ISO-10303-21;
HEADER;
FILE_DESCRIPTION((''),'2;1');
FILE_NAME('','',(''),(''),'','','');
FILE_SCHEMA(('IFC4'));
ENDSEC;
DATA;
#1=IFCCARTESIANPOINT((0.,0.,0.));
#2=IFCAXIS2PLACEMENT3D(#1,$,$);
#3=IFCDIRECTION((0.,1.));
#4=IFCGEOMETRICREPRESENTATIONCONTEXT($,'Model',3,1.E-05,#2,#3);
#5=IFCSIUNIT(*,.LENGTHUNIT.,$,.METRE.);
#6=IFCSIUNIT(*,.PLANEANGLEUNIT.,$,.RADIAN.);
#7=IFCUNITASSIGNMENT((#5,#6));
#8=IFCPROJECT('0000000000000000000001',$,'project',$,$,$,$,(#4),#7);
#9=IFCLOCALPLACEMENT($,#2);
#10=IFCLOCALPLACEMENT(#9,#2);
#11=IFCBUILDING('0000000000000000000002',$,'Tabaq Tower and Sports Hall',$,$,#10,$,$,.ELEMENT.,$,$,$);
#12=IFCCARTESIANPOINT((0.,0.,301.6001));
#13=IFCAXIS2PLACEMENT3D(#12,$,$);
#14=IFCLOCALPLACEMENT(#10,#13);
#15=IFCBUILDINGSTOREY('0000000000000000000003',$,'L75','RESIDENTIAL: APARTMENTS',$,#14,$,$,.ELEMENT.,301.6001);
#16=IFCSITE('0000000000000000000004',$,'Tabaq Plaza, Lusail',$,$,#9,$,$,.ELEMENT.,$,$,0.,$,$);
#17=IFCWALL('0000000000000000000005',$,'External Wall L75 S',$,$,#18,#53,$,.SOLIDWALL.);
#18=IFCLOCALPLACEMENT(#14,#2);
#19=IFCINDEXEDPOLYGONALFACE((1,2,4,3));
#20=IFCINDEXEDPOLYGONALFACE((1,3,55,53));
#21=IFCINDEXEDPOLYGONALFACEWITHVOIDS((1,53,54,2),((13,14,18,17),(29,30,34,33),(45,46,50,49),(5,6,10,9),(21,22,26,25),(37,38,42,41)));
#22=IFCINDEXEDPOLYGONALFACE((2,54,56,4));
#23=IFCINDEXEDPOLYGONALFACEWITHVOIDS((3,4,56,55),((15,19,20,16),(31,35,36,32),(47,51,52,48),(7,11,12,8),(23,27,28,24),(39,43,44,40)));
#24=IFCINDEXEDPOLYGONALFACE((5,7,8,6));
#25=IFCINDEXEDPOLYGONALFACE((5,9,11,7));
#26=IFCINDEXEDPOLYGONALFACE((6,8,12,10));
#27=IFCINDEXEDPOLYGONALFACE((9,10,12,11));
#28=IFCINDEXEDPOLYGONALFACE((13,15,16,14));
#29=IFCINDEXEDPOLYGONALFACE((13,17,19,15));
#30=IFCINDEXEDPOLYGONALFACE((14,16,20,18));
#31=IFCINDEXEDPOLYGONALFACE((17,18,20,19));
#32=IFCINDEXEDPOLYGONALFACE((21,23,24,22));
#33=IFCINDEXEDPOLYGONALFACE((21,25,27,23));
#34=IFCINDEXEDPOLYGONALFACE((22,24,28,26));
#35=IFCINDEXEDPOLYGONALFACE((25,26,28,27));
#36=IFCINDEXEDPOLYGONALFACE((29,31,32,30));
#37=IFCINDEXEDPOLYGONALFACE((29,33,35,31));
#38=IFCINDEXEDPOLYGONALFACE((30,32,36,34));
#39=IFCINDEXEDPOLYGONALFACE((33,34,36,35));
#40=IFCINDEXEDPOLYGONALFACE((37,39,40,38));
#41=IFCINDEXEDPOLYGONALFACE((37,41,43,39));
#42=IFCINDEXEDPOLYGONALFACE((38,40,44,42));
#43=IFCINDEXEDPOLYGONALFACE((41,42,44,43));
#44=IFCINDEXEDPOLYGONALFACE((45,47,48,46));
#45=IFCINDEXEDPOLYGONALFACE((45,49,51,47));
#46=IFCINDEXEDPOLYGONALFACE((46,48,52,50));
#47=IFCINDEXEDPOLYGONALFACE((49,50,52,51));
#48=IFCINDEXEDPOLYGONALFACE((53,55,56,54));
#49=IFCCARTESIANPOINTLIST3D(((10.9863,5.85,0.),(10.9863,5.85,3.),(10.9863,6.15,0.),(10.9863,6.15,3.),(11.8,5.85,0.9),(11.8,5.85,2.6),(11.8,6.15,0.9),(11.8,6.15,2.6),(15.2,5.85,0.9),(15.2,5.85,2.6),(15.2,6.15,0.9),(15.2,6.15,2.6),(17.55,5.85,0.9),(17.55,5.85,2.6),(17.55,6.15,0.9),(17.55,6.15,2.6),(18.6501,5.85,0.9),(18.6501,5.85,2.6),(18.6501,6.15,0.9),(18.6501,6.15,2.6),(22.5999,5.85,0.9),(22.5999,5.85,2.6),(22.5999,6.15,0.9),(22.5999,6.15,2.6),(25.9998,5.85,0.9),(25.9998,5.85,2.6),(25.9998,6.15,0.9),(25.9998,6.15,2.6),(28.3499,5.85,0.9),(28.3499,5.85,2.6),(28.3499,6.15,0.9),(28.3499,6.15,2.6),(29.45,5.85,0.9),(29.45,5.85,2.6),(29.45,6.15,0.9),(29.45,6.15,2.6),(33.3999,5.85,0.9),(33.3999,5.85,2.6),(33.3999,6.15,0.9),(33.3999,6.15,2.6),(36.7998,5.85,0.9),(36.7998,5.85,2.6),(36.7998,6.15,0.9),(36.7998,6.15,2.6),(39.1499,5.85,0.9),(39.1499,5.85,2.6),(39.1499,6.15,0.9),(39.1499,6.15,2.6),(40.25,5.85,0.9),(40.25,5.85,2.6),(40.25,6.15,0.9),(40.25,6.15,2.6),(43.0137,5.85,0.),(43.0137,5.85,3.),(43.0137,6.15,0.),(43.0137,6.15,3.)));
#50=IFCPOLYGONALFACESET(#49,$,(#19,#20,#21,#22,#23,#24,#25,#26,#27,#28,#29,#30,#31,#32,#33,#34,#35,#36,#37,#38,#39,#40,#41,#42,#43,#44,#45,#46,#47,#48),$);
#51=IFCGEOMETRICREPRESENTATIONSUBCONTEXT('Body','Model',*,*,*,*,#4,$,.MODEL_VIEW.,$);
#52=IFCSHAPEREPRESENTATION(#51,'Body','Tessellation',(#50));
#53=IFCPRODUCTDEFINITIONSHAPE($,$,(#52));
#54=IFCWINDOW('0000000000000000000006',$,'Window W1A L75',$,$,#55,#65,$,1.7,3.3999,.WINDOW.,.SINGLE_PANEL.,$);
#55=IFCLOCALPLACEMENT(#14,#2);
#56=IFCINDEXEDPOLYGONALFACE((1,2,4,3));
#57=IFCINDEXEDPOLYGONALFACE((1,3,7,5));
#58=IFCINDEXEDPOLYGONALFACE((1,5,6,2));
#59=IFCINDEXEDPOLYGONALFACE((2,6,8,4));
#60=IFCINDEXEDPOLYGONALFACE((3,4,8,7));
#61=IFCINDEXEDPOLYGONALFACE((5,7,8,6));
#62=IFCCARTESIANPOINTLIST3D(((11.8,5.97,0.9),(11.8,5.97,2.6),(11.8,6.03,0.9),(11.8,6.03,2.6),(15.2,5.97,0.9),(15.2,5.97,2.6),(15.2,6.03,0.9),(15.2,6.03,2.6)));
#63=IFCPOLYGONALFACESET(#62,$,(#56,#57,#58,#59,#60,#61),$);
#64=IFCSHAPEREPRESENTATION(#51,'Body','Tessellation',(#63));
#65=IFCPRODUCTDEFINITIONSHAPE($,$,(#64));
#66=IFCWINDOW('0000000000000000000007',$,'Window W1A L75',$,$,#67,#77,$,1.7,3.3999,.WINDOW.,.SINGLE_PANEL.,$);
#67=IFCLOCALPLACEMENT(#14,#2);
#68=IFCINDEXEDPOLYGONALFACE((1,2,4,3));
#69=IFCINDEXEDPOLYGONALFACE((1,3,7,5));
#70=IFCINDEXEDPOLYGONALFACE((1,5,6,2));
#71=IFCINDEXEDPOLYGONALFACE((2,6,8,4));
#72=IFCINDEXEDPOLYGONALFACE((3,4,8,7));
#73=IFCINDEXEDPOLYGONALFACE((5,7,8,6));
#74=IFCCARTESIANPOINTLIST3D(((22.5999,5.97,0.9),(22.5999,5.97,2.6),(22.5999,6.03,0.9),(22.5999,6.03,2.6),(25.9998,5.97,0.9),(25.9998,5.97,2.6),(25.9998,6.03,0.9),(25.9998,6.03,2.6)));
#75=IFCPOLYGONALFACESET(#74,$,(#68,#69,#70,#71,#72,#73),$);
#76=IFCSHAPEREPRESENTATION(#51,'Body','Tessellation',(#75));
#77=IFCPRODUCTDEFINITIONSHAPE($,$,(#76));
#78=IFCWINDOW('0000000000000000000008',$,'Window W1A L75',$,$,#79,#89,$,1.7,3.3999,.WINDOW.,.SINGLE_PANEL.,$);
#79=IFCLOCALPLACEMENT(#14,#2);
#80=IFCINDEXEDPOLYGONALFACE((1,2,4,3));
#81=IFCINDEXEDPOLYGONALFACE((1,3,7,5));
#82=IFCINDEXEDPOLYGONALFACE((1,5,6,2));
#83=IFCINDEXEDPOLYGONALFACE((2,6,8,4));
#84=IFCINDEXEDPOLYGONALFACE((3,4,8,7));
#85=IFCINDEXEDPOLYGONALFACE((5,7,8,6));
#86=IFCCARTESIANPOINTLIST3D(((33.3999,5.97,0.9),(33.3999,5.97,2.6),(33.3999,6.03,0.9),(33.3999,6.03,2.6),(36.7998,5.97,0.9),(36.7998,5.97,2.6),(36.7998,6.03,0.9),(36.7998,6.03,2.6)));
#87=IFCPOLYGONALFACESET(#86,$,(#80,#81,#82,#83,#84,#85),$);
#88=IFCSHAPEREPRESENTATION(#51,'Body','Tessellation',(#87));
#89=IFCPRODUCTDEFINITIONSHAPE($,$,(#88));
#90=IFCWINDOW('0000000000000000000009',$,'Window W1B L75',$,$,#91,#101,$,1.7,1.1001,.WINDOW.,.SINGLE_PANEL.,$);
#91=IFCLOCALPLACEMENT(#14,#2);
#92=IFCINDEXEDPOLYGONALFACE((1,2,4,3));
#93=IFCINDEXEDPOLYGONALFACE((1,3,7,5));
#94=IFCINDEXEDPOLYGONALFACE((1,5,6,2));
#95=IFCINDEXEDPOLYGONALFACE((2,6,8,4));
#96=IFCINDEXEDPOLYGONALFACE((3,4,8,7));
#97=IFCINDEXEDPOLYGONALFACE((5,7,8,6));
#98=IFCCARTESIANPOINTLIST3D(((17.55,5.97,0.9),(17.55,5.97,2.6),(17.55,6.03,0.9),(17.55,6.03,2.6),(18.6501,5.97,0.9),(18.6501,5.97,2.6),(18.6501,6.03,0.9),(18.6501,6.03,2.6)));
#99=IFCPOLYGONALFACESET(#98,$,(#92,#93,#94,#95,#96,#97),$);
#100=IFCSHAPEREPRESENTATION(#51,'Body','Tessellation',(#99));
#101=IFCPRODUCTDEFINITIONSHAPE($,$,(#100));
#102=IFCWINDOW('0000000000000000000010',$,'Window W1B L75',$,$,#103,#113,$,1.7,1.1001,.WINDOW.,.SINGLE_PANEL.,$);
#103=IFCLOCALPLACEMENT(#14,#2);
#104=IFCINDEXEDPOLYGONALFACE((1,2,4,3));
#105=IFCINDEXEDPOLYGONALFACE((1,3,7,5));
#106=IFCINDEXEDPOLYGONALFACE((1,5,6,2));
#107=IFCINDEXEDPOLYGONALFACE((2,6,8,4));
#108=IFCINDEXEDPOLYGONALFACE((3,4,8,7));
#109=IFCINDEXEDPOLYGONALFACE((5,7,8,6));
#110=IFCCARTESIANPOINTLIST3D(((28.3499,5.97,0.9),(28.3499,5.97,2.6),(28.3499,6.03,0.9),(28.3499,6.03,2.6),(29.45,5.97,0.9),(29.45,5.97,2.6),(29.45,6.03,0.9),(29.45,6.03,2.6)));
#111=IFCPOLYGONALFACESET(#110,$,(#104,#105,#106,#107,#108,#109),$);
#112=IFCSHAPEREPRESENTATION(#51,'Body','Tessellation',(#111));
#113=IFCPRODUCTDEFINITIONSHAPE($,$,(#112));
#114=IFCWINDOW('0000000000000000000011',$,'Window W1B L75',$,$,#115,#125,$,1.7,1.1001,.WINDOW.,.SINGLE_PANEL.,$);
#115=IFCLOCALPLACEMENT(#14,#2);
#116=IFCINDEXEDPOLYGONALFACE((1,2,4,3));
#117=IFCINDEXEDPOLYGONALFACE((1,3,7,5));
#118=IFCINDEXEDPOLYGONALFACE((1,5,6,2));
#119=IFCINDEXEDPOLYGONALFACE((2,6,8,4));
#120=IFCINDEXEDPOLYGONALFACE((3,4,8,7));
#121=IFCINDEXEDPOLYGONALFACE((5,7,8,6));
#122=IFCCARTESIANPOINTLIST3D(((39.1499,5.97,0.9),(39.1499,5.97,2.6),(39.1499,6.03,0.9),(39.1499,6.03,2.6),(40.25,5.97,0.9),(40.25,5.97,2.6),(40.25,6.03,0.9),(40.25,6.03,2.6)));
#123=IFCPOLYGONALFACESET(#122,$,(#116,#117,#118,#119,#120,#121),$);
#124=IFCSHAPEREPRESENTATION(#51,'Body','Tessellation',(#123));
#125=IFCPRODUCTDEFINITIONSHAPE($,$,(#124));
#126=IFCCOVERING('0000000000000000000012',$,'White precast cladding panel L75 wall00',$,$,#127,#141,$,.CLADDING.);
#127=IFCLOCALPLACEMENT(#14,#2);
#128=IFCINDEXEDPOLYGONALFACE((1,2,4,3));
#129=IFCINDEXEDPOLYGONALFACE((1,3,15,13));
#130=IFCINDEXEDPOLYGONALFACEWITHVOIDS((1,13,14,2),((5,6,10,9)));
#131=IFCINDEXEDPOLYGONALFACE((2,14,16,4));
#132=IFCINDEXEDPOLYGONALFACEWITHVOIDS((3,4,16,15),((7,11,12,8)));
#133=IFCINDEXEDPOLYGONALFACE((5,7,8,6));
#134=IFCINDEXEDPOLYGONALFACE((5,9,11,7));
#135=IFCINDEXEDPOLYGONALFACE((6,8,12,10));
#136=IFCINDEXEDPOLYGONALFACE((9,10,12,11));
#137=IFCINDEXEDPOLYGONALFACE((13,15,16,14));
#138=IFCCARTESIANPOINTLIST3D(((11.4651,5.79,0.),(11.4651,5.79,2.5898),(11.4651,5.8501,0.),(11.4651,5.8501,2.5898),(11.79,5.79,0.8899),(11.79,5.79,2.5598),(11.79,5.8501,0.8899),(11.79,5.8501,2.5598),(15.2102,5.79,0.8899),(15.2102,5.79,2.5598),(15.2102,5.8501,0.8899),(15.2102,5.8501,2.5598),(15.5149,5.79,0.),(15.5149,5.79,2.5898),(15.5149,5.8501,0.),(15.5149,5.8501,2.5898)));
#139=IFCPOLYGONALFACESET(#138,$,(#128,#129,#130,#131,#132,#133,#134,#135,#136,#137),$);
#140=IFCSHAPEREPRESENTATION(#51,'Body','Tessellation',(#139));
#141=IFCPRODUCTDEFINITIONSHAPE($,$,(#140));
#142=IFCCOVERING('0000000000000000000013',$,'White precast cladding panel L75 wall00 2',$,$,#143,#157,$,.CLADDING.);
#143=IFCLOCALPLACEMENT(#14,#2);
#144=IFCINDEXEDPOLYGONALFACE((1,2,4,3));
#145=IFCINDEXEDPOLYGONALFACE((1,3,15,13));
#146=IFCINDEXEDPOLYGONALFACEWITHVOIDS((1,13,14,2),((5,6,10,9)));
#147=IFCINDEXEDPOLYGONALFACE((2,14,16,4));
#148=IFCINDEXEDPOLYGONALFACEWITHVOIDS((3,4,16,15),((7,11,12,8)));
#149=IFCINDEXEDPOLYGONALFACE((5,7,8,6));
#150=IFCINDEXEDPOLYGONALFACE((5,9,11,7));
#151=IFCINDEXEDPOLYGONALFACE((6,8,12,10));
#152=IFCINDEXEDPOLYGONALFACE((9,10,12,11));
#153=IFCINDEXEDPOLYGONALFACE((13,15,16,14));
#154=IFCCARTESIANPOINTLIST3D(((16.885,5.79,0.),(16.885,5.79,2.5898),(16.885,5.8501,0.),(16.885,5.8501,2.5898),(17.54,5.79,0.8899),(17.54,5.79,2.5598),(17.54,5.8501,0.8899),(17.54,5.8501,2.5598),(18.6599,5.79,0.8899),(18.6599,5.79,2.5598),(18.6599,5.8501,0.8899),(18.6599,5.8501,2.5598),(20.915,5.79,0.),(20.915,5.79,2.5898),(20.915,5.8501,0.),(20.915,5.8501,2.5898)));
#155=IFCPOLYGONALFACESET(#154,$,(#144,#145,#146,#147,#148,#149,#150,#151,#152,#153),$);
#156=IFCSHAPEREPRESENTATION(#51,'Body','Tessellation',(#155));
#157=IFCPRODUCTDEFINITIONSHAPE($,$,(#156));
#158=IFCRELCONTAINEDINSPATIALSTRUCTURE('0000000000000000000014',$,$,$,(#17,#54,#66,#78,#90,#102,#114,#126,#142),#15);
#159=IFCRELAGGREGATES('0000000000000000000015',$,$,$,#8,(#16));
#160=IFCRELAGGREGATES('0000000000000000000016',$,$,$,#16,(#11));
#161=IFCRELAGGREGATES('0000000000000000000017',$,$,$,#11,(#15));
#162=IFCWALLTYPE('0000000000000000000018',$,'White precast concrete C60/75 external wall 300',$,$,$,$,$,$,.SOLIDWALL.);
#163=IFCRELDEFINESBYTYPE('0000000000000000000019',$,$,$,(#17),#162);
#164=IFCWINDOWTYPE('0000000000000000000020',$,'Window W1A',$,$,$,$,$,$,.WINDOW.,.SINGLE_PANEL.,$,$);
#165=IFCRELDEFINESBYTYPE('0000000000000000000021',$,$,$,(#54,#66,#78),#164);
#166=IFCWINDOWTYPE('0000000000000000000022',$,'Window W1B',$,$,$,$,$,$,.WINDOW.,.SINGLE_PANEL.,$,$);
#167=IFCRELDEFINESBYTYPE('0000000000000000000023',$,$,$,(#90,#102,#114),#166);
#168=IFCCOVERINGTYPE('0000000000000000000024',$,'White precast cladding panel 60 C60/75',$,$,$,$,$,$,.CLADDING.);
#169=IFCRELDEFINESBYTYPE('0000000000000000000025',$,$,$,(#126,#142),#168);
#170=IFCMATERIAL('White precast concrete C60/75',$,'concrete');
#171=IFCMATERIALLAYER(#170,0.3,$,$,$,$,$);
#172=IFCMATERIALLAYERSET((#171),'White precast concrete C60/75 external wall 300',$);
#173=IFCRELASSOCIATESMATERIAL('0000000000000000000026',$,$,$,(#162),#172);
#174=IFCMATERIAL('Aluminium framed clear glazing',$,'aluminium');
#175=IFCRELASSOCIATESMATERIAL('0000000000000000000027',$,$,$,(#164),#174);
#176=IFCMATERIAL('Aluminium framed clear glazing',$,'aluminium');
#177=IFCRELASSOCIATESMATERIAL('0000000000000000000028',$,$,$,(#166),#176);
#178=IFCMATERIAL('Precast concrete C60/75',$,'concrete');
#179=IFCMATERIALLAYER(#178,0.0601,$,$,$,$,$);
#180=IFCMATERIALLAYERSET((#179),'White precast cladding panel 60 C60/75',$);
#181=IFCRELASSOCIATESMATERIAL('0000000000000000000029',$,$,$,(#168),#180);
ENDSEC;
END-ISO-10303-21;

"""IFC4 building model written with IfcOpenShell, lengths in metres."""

from ifc_helpers import new_model, si_unit, direction, frame, frame_2d, origin, place, context, subcontext, project, spatial, polyline, rectangle, outline, extrude, material, layer, layer_set, type_object, element, fill, save


model = new_model("IFC4")

# Units and contexts
model_context = context("Model", 3, precision=1e-05, world=origin(), true_north=direction((0.0, 1.0)))
body_context = subcontext(model_context, "Body", "Model", "MODEL_VIEW")
ifc_project = project(units=[si_unit("LENGTHUNIT", "METRE"), si_unit("PLANEANGLEUNIT", "RADIAN")], contexts=[model_context])

# Site, building, storey
site_placement = place(None, origin())
site = spatial("IfcSite", under=ifc_project, at=site_placement, Name="Tabaq Plaza, Lusail", CompositionType="ELEMENT", RefElevation=0.0)
building_placement = place(site_placement, origin())
building = spatial("IfcBuilding", under=site, at=building_placement, Name="Tabaq Tower and Sports Hall", CompositionType="ELEMENT")
storey_placement = place(building_placement, frame((0.0, 0.0, 301.6001)))
storey = spatial("IfcBuildingStorey", under=building, at=storey_placement, Name="L75", Description="RESIDENTIAL: APARTMENTS", CompositionType="ELEMENT", Elevation=301.6001)

# Wall, openings, windows
ifc_material_1 = material(Name="White precast concrete C60/75", Category="concrete")
ifc_layer_1 = layer(ifc_material_1, 0.3)
ifc_layer_set_1 = layer_set([ifc_layer_1], Name="White precast concrete C60/75 external wall 300")
wall_type_1 = type_object("IfcWallType", Name="White precast concrete C60/75 external wall 300", PredefinedType="SOLIDWALL", material=ifc_layer_set_1)
wall_1_placement = place(storey_placement, frame((10.9863, 6.0, 0.0), z_axis=(0.0, 0.0, 1.0), x_axis=(1.0, 0.0, 0.0)))
wall_1 = element("IfcWall", 1, at=wall_1_placement, inside=storey, type_object=wall_type_1, Name="External Wall L75 S", PredefinedType="SOLIDWALL", context=body_context, shape_type="SweptSolid", body=[
    extrude(rectangle(XDim=32.0273, YDim=0.3, at=frame_2d((16.0137, 0.0))), origin(), (0.0, 0.0, 1.0), 3.0),
])
opening_1_placement = place(wall_1_placement, frame((0.8137, 0.0, 0.8999)))
opening_1 = element("IfcOpeningElement", 2, at=opening_1_placement, cuts=wall_1, PredefinedType="OPENING", context=body_context, shape_type="SweptSolid", body=[
    extrude(rectangle(XDim=3.3999, YDim=1.7, at=frame_2d((1.7, 0.8501))), frame((0.0, 0.1602, 0.0), z_axis=(0.0, -1.0, 0.0), x_axis=(1.0, 0.0, 0.0)), (0.0, 0.0, 1.0), 0.3201),
])
opening_2_placement = place(wall_1_placement, frame((6.5637, 0.0, 0.8999)))
opening_2 = element("IfcOpeningElement", 3, at=opening_2_placement, cuts=wall_1, PredefinedType="OPENING", context=body_context, shape_type="SweptSolid", body=[
    extrude(rectangle(XDim=1.1001, YDim=1.7, at=frame_2d((0.55, 0.8501))), frame((0.0, 0.1602, 0.0), z_axis=(0.0, -1.0, 0.0), x_axis=(1.0, 0.0, 0.0)), (0.0, 0.0, 1.0), 0.3201),
])
opening_3_placement = place(wall_1_placement, frame((11.6135, 0.0, 0.8999)))
opening_3 = element("IfcOpeningElement", 4, at=opening_3_placement, cuts=wall_1, PredefinedType="OPENING", context=body_context, shape_type="SweptSolid", body=[
    extrude(rectangle(XDim=3.3999, YDim=1.7, at=frame_2d((1.7, 0.8501))), frame((0.0, 0.1602, 0.0), z_axis=(0.0, -1.0, 0.0), x_axis=(1.0, 0.0, 0.0)), (0.0, 0.0, 1.0), 0.3201),
])
opening_4_placement = place(wall_1_placement, frame((17.3635, 0.0, 0.8999)))
opening_4 = element("IfcOpeningElement", 5, at=opening_4_placement, cuts=wall_1, PredefinedType="OPENING", context=body_context, shape_type="SweptSolid", body=[
    extrude(rectangle(XDim=1.1001, YDim=1.7, at=frame_2d((0.55, 0.8501))), frame((0.0, 0.1602, 0.0), z_axis=(0.0, -1.0, 0.0), x_axis=(1.0, 0.0, 0.0)), (0.0, 0.0, 1.0), 0.3201),
])
opening_5_placement = place(wall_1_placement, frame((22.4136, 0.0, 0.8999)))
opening_5 = element("IfcOpeningElement", 6, at=opening_5_placement, cuts=wall_1, PredefinedType="OPENING", context=body_context, shape_type="SweptSolid", body=[
    extrude(rectangle(XDim=3.3999, YDim=1.7, at=frame_2d((1.7, 0.8501))), frame((0.0, 0.1602, 0.0), z_axis=(0.0, -1.0, 0.0), x_axis=(1.0, 0.0, 0.0)), (0.0, 0.0, 1.0), 0.3201),
])
opening_6_placement = place(wall_1_placement, frame((28.1636, 0.0, 0.8999)))
opening_6 = element("IfcOpeningElement", 7, at=opening_6_placement, cuts=wall_1, PredefinedType="OPENING", context=body_context, shape_type="SweptSolid", body=[
    extrude(rectangle(XDim=1.1001, YDim=1.7, at=frame_2d((0.55, 0.8501))), frame((0.0, 0.1602, 0.0), z_axis=(0.0, -1.0, 0.0), x_axis=(1.0, 0.0, 0.0)), (0.0, 0.0, 1.0), 0.3201),
])
ifc_material_2 = material(Name="Aluminium framed clear glazing", Category="aluminium")
window_type_1 = type_object("IfcWindowType", Name="Window W1A", PartitioningType="SINGLE_PANEL", PredefinedType="WINDOW", material=ifc_material_2)
window_1_placement = place(opening_1_placement, origin())
window_1 = element("IfcWindow", 8, at=window_1_placement, inside=storey, type_object=window_type_1, Name="Window W1A L75", OverallHeight=1.7, OverallWidth=3.3999, PartitioningType="SINGLE_PANEL", PredefinedType="WINDOW", context=body_context, shape_type="SweptSolid", body=[
    extrude(rectangle(XDim=3.3999, YDim=1.7, at=frame_2d((1.7, 0.8501))), frame((0.0, 0.03, 0.0), z_axis=(0.0, -1.0, 0.0), x_axis=(1.0, 0.0, 0.0)), (0.0, 0.0, 1.0), 0.0601),
])
fill(opening_1, window_1)
window_2_placement = place(opening_3_placement, origin())
window_2 = element("IfcWindow", 9, at=window_2_placement, inside=storey, type_object=window_type_1, Name="Window W1A L75", OverallHeight=1.7, OverallWidth=3.3999, PartitioningType="SINGLE_PANEL", PredefinedType="WINDOW", context=body_context, shape_type="SweptSolid", body=[
    extrude(rectangle(XDim=3.3999, YDim=1.7, at=frame_2d((1.7, 0.8501))), frame((0.0, 0.03, 0.0), z_axis=(0.0, -1.0, 0.0), x_axis=(1.0, 0.0, 0.0)), (0.0, 0.0, 1.0), 0.0601),
])
fill(opening_3, window_2)
window_3_placement = place(opening_5_placement, origin())
window_3 = element("IfcWindow", 10, at=window_3_placement, inside=storey, type_object=window_type_1, Name="Window W1A L75", OverallHeight=1.7, OverallWidth=3.3999, PartitioningType="SINGLE_PANEL", PredefinedType="WINDOW", context=body_context, shape_type="SweptSolid", body=[
    extrude(rectangle(XDim=3.3999, YDim=1.7, at=frame_2d((1.7, 0.8501))), frame((0.0, 0.03, 0.0), z_axis=(0.0, -1.0, 0.0), x_axis=(1.0, 0.0, 0.0)), (0.0, 0.0, 1.0), 0.0601),
])
fill(opening_5, window_3)
ifc_material_3 = material(Name="Aluminium framed clear glazing", Category="aluminium")
window_type_2 = type_object("IfcWindowType", Name="Window W1B", PartitioningType="SINGLE_PANEL", PredefinedType="WINDOW", material=ifc_material_3)
window_4_placement = place(opening_2_placement, origin())
window_4 = element("IfcWindow", 11, at=window_4_placement, inside=storey, type_object=window_type_2, Name="Window W1B L75", OverallHeight=1.7, OverallWidth=1.1001, PartitioningType="SINGLE_PANEL", PredefinedType="WINDOW", context=body_context, shape_type="SweptSolid", body=[
    extrude(rectangle(XDim=1.1001, YDim=1.7, at=frame_2d((0.55, 0.8501))), frame((0.0, 0.03, 0.0), z_axis=(0.0, -1.0, 0.0), x_axis=(1.0, 0.0, 0.0)), (0.0, 0.0, 1.0), 0.0601),
])
fill(opening_2, window_4)
window_5_placement = place(opening_4_placement, origin())
window_5 = element("IfcWindow", 12, at=window_5_placement, inside=storey, type_object=window_type_2, Name="Window W1B L75", OverallHeight=1.7, OverallWidth=1.1001, PartitioningType="SINGLE_PANEL", PredefinedType="WINDOW", context=body_context, shape_type="SweptSolid", body=[
    extrude(rectangle(XDim=1.1001, YDim=1.7, at=frame_2d((0.55, 0.8501))), frame((0.0, 0.03, 0.0), z_axis=(0.0, -1.0, 0.0), x_axis=(1.0, 0.0, 0.0)), (0.0, 0.0, 1.0), 0.0601),
])
fill(opening_4, window_5)
window_6_placement = place(opening_6_placement, origin())
window_6 = element("IfcWindow", 13, at=window_6_placement, inside=storey, type_object=window_type_2, Name="Window W1B L75", OverallHeight=1.7, OverallWidth=1.1001, PartitioningType="SINGLE_PANEL", PredefinedType="WINDOW", context=body_context, shape_type="SweptSolid", body=[
    extrude(rectangle(XDim=1.1001, YDim=1.7, at=frame_2d((0.55, 0.8501))), frame((0.0, 0.03, 0.0), z_axis=(0.0, -1.0, 0.0), x_axis=(1.0, 0.0, 0.0)), (0.0, 0.0, 1.0), 0.0601),
])
fill(opening_6, window_6)

# Coverings
ifc_material_4 = material(Name="Precast concrete C60/75", Category="concrete")
ifc_layer_2 = layer(ifc_material_4, 0.0601)
ifc_layer_set_2 = layer_set([ifc_layer_2], Name="White precast cladding panel 60 C60/75")
covering_type = type_object("IfcCoveringType", Name="White precast cladding panel 60 C60/75", PredefinedType="CLADDING", material=ifc_layer_set_2)
covering_1_placement = place(storey_placement, frame((11.4651, 5.8201, 0.0), z_axis=(0.0, 0.0, 1.0), x_axis=(1.0, 0.0, 0.0)))
element("IfcCovering", 14, at=covering_1_placement, inside=storey, type_object=covering_type, Name="White precast cladding panel L75 wall00", PredefinedType="CLADDING", context=body_context, shape_type="SweptSolid", body=[
    extrude(outline(polyline([(0.0, 0.0), (4.0498, 0.0), (4.0498, 2.5898), (0.0, 2.5898), (0.0, 0.0)]), holes=[polyline([(3.7451, 0.8899), (0.325, 0.8899), (0.325, 2.5598), (3.7451, 2.5598), (3.7451, 0.8899)])]), frame((0.0, 0.03, 0.0), z_axis=(0.0, -1.0, 0.0), x_axis=(1.0, 0.0, 0.0)), (0.0, 0.0, 1.0), 0.0601),
])
covering_2_placement = place(storey_placement, frame((16.885, 5.8201, 0.0), z_axis=(0.0, 0.0, 1.0), x_axis=(1.0, 0.0, 0.0)))
element("IfcCovering", 15, at=covering_2_placement, inside=storey, type_object=covering_type, Name="White precast cladding panel L75 wall00 2", PredefinedType="CLADDING", context=body_context, shape_type="SweptSolid", body=[
    extrude(outline(polyline([(0.0, 0.0), (4.03, 0.0), (4.03, 2.5898), (0.0, 2.5898), (0.0, 0.0)]), holes=[polyline([(1.7749, 0.8899), (0.655, 0.8899), (0.655, 2.5598), (1.7749, 2.5598), (1.7749, 0.8899)])]), frame((0.0, 0.03, 0.0), z_axis=(0.0, -1.0, 0.0), x_axis=(1.0, 0.0, 0.0)), (0.0, 0.0, 1.0), 0.0601),
])

save(model, "model.ifc")
